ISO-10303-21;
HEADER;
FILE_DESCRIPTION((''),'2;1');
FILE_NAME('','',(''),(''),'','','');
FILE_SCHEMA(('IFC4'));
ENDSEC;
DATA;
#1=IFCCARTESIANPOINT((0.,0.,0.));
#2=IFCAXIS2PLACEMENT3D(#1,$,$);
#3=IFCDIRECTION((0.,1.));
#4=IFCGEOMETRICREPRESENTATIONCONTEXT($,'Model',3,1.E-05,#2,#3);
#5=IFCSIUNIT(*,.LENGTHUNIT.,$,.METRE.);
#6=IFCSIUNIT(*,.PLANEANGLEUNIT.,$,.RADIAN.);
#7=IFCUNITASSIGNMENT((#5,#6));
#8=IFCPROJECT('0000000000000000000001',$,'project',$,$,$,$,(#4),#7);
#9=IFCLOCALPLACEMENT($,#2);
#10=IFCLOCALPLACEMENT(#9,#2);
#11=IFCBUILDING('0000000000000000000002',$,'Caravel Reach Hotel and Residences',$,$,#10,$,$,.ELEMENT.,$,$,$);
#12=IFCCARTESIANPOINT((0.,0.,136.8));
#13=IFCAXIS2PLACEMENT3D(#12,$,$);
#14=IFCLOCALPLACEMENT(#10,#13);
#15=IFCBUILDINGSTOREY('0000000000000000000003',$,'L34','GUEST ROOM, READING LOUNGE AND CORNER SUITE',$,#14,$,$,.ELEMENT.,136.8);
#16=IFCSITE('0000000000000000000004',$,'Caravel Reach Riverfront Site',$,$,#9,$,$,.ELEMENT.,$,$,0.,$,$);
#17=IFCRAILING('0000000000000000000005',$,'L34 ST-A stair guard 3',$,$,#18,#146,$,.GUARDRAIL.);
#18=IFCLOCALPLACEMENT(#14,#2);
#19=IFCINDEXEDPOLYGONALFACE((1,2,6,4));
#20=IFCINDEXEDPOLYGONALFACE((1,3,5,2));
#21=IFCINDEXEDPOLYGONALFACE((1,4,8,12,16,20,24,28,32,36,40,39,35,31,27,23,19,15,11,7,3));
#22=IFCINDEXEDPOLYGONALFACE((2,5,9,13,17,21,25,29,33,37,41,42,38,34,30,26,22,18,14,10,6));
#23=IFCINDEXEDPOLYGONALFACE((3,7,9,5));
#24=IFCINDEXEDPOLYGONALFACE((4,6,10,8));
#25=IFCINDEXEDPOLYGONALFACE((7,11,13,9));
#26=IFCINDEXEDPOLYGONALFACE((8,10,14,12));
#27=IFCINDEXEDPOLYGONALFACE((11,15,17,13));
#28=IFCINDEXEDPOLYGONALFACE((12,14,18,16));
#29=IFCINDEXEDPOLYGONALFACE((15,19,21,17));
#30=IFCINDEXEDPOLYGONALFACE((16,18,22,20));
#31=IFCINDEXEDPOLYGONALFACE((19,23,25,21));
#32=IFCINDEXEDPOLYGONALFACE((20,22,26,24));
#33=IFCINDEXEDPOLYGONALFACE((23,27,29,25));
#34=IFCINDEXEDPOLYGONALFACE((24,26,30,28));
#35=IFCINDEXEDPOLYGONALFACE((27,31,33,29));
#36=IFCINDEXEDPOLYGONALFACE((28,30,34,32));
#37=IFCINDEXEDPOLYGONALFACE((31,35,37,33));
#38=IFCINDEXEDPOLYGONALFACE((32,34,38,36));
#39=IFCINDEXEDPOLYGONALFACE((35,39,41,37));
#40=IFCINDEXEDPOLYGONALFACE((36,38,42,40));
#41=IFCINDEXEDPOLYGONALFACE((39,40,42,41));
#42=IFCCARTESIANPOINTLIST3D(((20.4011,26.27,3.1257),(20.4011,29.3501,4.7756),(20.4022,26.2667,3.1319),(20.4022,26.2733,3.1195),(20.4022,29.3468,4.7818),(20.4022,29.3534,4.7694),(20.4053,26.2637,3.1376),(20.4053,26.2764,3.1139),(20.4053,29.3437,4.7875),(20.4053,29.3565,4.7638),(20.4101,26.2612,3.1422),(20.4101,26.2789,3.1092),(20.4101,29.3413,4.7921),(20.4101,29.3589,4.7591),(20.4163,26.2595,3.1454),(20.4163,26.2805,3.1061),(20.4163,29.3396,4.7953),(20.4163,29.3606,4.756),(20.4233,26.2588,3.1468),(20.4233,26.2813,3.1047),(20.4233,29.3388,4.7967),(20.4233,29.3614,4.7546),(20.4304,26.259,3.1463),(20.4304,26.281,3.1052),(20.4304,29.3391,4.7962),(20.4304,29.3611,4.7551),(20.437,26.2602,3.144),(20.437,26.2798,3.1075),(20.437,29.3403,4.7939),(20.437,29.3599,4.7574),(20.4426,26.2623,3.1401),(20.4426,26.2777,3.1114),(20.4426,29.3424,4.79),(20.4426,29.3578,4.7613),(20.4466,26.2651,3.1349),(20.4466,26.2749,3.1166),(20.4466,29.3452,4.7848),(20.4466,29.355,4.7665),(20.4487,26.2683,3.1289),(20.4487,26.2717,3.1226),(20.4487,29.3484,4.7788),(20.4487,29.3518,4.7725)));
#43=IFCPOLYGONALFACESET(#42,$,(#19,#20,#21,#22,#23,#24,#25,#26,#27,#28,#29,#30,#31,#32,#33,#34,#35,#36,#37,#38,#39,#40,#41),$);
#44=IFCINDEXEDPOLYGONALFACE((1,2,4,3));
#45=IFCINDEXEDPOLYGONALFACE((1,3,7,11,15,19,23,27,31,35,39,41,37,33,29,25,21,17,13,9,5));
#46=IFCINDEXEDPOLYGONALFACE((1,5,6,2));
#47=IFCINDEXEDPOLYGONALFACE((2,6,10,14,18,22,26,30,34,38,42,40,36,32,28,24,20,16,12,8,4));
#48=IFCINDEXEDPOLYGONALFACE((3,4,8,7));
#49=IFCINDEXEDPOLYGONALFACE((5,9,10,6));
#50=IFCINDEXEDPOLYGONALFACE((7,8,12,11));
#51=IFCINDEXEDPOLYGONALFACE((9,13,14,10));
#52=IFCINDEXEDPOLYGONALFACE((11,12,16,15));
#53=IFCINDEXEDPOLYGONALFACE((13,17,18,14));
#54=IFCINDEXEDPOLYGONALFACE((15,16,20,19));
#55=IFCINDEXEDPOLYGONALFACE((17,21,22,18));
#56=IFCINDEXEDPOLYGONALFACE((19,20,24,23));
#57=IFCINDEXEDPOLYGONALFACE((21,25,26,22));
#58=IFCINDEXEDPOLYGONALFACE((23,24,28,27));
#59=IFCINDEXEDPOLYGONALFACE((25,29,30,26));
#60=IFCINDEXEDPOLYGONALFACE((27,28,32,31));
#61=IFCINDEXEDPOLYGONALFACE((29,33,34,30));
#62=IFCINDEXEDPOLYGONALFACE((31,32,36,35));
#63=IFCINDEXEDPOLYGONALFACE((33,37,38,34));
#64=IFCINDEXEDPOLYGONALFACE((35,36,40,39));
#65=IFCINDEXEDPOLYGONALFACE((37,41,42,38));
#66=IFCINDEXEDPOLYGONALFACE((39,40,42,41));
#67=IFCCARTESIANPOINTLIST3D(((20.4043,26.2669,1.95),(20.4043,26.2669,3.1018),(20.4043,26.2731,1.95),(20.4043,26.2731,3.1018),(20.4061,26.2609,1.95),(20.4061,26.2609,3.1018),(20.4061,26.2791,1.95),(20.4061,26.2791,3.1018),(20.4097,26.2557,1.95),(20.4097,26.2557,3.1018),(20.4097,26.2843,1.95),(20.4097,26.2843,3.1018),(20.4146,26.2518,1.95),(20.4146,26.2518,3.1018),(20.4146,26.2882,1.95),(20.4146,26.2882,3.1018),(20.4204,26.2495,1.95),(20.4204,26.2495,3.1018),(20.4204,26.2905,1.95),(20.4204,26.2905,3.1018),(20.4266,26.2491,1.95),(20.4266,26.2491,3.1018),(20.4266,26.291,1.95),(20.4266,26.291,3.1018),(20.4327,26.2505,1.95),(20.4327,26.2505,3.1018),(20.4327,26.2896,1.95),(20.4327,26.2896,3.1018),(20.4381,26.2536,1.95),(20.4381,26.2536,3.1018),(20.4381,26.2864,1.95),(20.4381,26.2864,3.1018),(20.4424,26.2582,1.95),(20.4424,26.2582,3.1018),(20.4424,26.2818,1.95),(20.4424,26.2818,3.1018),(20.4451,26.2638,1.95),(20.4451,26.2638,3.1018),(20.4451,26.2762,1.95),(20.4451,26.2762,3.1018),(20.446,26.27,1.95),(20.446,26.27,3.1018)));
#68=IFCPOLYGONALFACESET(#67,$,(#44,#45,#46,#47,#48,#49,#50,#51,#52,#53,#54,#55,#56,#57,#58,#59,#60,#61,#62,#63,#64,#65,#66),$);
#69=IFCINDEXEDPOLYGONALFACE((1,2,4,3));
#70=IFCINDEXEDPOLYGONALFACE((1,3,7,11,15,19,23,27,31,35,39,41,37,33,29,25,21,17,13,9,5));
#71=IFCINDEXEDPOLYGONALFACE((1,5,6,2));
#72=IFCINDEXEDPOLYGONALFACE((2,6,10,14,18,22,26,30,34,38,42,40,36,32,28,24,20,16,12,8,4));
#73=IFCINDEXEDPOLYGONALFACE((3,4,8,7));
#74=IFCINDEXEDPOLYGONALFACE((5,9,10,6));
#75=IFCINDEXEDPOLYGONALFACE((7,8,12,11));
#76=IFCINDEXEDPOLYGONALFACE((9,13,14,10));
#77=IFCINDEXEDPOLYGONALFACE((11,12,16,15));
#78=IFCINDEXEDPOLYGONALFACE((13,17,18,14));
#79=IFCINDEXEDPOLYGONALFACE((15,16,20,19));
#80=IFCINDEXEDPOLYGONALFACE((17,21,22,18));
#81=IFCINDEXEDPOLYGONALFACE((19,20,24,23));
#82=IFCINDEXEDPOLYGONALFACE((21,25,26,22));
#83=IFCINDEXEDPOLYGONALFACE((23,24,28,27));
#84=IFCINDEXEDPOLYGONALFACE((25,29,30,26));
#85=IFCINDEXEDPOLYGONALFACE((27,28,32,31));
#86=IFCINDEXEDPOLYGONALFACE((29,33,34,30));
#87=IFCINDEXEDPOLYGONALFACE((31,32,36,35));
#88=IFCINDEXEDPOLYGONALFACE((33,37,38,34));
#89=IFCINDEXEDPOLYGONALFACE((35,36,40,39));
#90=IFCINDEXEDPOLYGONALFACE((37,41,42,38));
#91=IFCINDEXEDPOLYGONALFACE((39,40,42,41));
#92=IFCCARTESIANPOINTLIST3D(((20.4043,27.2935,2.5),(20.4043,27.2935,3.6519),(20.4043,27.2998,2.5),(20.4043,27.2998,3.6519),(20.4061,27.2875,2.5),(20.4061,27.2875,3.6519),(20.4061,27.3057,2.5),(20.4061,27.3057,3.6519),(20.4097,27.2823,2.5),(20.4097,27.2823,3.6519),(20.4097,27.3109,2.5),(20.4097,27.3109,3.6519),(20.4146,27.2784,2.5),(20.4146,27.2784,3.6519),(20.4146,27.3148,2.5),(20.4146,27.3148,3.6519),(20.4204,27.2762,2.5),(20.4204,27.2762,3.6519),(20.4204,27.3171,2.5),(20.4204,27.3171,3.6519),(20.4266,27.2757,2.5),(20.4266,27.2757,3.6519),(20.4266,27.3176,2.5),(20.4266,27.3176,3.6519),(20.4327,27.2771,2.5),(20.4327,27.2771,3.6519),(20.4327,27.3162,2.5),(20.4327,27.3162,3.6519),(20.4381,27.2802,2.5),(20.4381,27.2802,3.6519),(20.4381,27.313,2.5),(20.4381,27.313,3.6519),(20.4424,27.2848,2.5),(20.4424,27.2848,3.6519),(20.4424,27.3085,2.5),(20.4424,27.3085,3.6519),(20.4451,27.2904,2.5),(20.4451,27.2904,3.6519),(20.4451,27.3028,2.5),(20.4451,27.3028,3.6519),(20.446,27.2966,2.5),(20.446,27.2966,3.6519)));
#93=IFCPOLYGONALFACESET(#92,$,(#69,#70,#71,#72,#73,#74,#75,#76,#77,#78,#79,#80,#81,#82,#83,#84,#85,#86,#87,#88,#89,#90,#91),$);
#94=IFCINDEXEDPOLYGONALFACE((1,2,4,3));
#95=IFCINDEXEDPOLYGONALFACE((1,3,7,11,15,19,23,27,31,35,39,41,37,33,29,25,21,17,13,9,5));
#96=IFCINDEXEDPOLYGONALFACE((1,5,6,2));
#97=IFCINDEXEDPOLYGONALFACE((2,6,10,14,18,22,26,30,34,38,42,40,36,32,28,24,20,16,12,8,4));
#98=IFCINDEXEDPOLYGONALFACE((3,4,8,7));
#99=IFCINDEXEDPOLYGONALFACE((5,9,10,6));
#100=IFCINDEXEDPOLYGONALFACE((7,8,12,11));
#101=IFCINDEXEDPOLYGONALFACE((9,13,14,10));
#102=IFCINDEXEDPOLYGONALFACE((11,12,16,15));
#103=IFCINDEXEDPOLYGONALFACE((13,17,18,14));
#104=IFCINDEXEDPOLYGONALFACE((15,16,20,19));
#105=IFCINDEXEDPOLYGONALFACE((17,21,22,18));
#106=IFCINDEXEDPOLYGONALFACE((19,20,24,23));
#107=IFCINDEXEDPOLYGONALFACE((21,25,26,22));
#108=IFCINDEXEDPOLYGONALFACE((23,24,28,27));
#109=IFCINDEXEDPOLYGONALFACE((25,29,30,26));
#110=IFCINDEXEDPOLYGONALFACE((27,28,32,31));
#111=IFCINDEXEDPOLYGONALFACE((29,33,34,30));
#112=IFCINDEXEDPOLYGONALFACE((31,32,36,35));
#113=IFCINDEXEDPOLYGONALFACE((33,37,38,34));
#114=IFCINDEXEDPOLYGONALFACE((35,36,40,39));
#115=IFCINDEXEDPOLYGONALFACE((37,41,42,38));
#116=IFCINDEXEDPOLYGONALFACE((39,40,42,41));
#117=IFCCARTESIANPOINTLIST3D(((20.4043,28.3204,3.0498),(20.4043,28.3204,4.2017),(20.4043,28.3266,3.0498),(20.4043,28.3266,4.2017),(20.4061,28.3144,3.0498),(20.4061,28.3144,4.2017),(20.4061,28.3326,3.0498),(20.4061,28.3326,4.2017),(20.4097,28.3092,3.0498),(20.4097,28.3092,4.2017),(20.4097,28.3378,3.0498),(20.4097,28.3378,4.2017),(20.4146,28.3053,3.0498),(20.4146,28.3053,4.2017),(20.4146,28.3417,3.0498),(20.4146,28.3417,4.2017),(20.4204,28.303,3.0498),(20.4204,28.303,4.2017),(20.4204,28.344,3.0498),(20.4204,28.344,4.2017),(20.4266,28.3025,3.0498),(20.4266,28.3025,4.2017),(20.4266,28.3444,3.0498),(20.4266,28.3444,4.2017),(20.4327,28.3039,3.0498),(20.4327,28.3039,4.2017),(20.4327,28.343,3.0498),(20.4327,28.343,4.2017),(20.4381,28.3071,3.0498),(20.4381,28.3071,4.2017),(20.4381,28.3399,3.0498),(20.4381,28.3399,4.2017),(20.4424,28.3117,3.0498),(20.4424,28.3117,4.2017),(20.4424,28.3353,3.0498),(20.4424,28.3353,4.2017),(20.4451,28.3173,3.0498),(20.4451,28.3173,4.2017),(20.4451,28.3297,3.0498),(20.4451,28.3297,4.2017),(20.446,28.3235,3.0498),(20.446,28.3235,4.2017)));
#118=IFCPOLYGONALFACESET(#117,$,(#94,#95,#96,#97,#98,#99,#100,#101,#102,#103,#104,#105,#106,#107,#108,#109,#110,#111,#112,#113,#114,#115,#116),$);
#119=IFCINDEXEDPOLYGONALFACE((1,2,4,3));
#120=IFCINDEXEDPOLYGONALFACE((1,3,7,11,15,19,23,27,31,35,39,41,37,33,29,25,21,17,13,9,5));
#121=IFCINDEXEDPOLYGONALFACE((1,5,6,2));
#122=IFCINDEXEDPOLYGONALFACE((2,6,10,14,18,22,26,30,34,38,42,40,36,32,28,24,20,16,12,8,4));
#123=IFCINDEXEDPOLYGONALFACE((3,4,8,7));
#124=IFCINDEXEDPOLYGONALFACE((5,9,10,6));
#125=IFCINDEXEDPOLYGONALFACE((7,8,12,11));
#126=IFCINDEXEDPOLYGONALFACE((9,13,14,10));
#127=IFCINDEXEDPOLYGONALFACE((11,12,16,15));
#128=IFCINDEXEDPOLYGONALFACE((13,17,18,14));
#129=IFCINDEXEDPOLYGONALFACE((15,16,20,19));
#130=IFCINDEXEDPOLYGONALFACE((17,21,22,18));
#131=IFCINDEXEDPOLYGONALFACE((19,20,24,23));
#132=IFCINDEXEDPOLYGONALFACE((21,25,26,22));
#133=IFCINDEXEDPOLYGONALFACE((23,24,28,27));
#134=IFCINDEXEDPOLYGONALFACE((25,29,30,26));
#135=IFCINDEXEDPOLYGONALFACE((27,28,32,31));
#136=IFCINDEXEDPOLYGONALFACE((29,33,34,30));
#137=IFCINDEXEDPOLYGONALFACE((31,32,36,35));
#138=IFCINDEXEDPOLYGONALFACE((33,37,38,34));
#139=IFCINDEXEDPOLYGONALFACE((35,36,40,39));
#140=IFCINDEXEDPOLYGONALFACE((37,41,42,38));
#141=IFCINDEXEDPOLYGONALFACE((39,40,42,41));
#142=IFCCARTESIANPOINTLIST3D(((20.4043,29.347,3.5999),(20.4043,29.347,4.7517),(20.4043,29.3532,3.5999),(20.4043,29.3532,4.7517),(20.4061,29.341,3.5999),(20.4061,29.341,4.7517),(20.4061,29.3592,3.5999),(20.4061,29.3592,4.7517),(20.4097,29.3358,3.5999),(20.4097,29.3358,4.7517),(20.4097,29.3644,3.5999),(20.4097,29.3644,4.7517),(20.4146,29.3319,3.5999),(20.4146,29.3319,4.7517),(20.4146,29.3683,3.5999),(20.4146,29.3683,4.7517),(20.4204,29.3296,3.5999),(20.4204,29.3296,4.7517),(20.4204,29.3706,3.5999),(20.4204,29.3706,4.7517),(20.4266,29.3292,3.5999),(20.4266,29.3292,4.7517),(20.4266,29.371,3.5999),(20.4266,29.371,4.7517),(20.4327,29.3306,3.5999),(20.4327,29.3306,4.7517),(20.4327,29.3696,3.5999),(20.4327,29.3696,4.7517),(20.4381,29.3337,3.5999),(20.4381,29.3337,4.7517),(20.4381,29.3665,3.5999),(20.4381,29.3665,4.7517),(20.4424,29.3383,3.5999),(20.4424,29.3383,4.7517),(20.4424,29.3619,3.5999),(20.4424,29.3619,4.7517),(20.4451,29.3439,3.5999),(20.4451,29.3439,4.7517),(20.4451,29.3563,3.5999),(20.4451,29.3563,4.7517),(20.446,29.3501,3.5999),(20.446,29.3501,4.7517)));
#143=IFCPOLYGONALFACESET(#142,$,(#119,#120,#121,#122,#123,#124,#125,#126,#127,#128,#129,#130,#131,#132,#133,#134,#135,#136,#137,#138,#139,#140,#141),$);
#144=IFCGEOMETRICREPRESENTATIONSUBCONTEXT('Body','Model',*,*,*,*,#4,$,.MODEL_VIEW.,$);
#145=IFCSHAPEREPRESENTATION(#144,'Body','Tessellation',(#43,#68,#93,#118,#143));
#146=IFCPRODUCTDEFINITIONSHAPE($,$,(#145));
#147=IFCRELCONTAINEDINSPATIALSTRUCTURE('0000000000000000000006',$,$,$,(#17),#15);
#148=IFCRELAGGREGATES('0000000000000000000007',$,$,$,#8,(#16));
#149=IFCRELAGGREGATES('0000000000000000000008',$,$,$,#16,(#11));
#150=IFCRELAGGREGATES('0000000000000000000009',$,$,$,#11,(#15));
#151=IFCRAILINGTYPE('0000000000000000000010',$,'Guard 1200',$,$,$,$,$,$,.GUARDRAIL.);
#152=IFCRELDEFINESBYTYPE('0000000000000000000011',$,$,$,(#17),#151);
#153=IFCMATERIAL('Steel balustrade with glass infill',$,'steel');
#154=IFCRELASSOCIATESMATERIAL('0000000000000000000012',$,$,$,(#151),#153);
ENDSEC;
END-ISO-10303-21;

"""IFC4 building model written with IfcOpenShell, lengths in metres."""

from ifc_helpers import new_model, si_unit, direction, frame, origin, origin_2d, place, context, subcontext, project, spatial, circle, extrude, material, type_object, element, save


model = new_model("IFC4")

# Units and contexts
model_context = context("Model", 3, precision=1e-05, world=origin(), true_north=direction((0.0, 1.0)))
body_context = subcontext(model_context, "Body", "Model", "MODEL_VIEW")
ifc_project = project(units=[si_unit("LENGTHUNIT", "METRE"), si_unit("PLANEANGLEUNIT", "RADIAN")], contexts=[model_context])

# Site, building, storey
site_placement = place(None, origin())
site = spatial("IfcSite", under=ifc_project, at=site_placement, Name="Caravel Reach Riverfront Site", CompositionType="ELEMENT", RefElevation=0.0)
building_placement = place(site_placement, origin())
building = spatial("IfcBuilding", under=site, at=building_placement, Name="Caravel Reach Hotel and Residences", CompositionType="ELEMENT")
storey_placement = place(building_placement, frame((0.0, 0.0, 136.8)))
storey = spatial("IfcBuildingStorey", under=building, at=storey_placement, Name="L34", Description="GUEST ROOM, READING LOUNGE AND CORNER SUITE", CompositionType="ELEMENT", Elevation=136.8)

# Railing
ifc_material_1 = material(Name="Steel balustrade with glass infill", Category="steel")
railing_type_1 = type_object("IfcRailingType", Name="Guard 1200", PredefinedType="GUARDRAIL", material=ifc_material_1)
railing_1_placement = place(storey_placement, frame((20.425, 26.27, 1.95)))
element("IfcRailing", 1, at=railing_1_placement, inside=storey, type_object=railing_type_1, Name="L34 ST-A stair guard 3", PredefinedType="GUARDRAIL", context=body_context, shape_type="SweptSolid", body=[
    extrude(circle(Radius=0.0239, at=origin_2d()), frame((0.0, 0.0, 1.1758), z_axis=(0.0, 0.881497, 0.47219), x_axis=(-1.0, 0.0, 0.0)), (0.0, 0.0, 1.0), 3.4941),
    extrude(circle(Radius=0.021, at=origin_2d()), origin(), (0.0, 0.0, 1.0), 1.1519),
    extrude(circle(Radius=0.021, at=origin_2d()), frame((0.0, 1.0266, 0.55)), (0.0, 0.0, 1.0), 1.1519),
    extrude(circle(Radius=0.021, at=origin_2d()), frame((0.0, 2.0535, 1.0999)), (0.0, 0.0, 1.0), 1.1519),
    extrude(circle(Radius=0.021, at=origin_2d()), frame((0.0, 3.0801, 1.6499)), (0.0, 0.0, 1.0), 1.1519),
])

save(model, "model.ifc")
